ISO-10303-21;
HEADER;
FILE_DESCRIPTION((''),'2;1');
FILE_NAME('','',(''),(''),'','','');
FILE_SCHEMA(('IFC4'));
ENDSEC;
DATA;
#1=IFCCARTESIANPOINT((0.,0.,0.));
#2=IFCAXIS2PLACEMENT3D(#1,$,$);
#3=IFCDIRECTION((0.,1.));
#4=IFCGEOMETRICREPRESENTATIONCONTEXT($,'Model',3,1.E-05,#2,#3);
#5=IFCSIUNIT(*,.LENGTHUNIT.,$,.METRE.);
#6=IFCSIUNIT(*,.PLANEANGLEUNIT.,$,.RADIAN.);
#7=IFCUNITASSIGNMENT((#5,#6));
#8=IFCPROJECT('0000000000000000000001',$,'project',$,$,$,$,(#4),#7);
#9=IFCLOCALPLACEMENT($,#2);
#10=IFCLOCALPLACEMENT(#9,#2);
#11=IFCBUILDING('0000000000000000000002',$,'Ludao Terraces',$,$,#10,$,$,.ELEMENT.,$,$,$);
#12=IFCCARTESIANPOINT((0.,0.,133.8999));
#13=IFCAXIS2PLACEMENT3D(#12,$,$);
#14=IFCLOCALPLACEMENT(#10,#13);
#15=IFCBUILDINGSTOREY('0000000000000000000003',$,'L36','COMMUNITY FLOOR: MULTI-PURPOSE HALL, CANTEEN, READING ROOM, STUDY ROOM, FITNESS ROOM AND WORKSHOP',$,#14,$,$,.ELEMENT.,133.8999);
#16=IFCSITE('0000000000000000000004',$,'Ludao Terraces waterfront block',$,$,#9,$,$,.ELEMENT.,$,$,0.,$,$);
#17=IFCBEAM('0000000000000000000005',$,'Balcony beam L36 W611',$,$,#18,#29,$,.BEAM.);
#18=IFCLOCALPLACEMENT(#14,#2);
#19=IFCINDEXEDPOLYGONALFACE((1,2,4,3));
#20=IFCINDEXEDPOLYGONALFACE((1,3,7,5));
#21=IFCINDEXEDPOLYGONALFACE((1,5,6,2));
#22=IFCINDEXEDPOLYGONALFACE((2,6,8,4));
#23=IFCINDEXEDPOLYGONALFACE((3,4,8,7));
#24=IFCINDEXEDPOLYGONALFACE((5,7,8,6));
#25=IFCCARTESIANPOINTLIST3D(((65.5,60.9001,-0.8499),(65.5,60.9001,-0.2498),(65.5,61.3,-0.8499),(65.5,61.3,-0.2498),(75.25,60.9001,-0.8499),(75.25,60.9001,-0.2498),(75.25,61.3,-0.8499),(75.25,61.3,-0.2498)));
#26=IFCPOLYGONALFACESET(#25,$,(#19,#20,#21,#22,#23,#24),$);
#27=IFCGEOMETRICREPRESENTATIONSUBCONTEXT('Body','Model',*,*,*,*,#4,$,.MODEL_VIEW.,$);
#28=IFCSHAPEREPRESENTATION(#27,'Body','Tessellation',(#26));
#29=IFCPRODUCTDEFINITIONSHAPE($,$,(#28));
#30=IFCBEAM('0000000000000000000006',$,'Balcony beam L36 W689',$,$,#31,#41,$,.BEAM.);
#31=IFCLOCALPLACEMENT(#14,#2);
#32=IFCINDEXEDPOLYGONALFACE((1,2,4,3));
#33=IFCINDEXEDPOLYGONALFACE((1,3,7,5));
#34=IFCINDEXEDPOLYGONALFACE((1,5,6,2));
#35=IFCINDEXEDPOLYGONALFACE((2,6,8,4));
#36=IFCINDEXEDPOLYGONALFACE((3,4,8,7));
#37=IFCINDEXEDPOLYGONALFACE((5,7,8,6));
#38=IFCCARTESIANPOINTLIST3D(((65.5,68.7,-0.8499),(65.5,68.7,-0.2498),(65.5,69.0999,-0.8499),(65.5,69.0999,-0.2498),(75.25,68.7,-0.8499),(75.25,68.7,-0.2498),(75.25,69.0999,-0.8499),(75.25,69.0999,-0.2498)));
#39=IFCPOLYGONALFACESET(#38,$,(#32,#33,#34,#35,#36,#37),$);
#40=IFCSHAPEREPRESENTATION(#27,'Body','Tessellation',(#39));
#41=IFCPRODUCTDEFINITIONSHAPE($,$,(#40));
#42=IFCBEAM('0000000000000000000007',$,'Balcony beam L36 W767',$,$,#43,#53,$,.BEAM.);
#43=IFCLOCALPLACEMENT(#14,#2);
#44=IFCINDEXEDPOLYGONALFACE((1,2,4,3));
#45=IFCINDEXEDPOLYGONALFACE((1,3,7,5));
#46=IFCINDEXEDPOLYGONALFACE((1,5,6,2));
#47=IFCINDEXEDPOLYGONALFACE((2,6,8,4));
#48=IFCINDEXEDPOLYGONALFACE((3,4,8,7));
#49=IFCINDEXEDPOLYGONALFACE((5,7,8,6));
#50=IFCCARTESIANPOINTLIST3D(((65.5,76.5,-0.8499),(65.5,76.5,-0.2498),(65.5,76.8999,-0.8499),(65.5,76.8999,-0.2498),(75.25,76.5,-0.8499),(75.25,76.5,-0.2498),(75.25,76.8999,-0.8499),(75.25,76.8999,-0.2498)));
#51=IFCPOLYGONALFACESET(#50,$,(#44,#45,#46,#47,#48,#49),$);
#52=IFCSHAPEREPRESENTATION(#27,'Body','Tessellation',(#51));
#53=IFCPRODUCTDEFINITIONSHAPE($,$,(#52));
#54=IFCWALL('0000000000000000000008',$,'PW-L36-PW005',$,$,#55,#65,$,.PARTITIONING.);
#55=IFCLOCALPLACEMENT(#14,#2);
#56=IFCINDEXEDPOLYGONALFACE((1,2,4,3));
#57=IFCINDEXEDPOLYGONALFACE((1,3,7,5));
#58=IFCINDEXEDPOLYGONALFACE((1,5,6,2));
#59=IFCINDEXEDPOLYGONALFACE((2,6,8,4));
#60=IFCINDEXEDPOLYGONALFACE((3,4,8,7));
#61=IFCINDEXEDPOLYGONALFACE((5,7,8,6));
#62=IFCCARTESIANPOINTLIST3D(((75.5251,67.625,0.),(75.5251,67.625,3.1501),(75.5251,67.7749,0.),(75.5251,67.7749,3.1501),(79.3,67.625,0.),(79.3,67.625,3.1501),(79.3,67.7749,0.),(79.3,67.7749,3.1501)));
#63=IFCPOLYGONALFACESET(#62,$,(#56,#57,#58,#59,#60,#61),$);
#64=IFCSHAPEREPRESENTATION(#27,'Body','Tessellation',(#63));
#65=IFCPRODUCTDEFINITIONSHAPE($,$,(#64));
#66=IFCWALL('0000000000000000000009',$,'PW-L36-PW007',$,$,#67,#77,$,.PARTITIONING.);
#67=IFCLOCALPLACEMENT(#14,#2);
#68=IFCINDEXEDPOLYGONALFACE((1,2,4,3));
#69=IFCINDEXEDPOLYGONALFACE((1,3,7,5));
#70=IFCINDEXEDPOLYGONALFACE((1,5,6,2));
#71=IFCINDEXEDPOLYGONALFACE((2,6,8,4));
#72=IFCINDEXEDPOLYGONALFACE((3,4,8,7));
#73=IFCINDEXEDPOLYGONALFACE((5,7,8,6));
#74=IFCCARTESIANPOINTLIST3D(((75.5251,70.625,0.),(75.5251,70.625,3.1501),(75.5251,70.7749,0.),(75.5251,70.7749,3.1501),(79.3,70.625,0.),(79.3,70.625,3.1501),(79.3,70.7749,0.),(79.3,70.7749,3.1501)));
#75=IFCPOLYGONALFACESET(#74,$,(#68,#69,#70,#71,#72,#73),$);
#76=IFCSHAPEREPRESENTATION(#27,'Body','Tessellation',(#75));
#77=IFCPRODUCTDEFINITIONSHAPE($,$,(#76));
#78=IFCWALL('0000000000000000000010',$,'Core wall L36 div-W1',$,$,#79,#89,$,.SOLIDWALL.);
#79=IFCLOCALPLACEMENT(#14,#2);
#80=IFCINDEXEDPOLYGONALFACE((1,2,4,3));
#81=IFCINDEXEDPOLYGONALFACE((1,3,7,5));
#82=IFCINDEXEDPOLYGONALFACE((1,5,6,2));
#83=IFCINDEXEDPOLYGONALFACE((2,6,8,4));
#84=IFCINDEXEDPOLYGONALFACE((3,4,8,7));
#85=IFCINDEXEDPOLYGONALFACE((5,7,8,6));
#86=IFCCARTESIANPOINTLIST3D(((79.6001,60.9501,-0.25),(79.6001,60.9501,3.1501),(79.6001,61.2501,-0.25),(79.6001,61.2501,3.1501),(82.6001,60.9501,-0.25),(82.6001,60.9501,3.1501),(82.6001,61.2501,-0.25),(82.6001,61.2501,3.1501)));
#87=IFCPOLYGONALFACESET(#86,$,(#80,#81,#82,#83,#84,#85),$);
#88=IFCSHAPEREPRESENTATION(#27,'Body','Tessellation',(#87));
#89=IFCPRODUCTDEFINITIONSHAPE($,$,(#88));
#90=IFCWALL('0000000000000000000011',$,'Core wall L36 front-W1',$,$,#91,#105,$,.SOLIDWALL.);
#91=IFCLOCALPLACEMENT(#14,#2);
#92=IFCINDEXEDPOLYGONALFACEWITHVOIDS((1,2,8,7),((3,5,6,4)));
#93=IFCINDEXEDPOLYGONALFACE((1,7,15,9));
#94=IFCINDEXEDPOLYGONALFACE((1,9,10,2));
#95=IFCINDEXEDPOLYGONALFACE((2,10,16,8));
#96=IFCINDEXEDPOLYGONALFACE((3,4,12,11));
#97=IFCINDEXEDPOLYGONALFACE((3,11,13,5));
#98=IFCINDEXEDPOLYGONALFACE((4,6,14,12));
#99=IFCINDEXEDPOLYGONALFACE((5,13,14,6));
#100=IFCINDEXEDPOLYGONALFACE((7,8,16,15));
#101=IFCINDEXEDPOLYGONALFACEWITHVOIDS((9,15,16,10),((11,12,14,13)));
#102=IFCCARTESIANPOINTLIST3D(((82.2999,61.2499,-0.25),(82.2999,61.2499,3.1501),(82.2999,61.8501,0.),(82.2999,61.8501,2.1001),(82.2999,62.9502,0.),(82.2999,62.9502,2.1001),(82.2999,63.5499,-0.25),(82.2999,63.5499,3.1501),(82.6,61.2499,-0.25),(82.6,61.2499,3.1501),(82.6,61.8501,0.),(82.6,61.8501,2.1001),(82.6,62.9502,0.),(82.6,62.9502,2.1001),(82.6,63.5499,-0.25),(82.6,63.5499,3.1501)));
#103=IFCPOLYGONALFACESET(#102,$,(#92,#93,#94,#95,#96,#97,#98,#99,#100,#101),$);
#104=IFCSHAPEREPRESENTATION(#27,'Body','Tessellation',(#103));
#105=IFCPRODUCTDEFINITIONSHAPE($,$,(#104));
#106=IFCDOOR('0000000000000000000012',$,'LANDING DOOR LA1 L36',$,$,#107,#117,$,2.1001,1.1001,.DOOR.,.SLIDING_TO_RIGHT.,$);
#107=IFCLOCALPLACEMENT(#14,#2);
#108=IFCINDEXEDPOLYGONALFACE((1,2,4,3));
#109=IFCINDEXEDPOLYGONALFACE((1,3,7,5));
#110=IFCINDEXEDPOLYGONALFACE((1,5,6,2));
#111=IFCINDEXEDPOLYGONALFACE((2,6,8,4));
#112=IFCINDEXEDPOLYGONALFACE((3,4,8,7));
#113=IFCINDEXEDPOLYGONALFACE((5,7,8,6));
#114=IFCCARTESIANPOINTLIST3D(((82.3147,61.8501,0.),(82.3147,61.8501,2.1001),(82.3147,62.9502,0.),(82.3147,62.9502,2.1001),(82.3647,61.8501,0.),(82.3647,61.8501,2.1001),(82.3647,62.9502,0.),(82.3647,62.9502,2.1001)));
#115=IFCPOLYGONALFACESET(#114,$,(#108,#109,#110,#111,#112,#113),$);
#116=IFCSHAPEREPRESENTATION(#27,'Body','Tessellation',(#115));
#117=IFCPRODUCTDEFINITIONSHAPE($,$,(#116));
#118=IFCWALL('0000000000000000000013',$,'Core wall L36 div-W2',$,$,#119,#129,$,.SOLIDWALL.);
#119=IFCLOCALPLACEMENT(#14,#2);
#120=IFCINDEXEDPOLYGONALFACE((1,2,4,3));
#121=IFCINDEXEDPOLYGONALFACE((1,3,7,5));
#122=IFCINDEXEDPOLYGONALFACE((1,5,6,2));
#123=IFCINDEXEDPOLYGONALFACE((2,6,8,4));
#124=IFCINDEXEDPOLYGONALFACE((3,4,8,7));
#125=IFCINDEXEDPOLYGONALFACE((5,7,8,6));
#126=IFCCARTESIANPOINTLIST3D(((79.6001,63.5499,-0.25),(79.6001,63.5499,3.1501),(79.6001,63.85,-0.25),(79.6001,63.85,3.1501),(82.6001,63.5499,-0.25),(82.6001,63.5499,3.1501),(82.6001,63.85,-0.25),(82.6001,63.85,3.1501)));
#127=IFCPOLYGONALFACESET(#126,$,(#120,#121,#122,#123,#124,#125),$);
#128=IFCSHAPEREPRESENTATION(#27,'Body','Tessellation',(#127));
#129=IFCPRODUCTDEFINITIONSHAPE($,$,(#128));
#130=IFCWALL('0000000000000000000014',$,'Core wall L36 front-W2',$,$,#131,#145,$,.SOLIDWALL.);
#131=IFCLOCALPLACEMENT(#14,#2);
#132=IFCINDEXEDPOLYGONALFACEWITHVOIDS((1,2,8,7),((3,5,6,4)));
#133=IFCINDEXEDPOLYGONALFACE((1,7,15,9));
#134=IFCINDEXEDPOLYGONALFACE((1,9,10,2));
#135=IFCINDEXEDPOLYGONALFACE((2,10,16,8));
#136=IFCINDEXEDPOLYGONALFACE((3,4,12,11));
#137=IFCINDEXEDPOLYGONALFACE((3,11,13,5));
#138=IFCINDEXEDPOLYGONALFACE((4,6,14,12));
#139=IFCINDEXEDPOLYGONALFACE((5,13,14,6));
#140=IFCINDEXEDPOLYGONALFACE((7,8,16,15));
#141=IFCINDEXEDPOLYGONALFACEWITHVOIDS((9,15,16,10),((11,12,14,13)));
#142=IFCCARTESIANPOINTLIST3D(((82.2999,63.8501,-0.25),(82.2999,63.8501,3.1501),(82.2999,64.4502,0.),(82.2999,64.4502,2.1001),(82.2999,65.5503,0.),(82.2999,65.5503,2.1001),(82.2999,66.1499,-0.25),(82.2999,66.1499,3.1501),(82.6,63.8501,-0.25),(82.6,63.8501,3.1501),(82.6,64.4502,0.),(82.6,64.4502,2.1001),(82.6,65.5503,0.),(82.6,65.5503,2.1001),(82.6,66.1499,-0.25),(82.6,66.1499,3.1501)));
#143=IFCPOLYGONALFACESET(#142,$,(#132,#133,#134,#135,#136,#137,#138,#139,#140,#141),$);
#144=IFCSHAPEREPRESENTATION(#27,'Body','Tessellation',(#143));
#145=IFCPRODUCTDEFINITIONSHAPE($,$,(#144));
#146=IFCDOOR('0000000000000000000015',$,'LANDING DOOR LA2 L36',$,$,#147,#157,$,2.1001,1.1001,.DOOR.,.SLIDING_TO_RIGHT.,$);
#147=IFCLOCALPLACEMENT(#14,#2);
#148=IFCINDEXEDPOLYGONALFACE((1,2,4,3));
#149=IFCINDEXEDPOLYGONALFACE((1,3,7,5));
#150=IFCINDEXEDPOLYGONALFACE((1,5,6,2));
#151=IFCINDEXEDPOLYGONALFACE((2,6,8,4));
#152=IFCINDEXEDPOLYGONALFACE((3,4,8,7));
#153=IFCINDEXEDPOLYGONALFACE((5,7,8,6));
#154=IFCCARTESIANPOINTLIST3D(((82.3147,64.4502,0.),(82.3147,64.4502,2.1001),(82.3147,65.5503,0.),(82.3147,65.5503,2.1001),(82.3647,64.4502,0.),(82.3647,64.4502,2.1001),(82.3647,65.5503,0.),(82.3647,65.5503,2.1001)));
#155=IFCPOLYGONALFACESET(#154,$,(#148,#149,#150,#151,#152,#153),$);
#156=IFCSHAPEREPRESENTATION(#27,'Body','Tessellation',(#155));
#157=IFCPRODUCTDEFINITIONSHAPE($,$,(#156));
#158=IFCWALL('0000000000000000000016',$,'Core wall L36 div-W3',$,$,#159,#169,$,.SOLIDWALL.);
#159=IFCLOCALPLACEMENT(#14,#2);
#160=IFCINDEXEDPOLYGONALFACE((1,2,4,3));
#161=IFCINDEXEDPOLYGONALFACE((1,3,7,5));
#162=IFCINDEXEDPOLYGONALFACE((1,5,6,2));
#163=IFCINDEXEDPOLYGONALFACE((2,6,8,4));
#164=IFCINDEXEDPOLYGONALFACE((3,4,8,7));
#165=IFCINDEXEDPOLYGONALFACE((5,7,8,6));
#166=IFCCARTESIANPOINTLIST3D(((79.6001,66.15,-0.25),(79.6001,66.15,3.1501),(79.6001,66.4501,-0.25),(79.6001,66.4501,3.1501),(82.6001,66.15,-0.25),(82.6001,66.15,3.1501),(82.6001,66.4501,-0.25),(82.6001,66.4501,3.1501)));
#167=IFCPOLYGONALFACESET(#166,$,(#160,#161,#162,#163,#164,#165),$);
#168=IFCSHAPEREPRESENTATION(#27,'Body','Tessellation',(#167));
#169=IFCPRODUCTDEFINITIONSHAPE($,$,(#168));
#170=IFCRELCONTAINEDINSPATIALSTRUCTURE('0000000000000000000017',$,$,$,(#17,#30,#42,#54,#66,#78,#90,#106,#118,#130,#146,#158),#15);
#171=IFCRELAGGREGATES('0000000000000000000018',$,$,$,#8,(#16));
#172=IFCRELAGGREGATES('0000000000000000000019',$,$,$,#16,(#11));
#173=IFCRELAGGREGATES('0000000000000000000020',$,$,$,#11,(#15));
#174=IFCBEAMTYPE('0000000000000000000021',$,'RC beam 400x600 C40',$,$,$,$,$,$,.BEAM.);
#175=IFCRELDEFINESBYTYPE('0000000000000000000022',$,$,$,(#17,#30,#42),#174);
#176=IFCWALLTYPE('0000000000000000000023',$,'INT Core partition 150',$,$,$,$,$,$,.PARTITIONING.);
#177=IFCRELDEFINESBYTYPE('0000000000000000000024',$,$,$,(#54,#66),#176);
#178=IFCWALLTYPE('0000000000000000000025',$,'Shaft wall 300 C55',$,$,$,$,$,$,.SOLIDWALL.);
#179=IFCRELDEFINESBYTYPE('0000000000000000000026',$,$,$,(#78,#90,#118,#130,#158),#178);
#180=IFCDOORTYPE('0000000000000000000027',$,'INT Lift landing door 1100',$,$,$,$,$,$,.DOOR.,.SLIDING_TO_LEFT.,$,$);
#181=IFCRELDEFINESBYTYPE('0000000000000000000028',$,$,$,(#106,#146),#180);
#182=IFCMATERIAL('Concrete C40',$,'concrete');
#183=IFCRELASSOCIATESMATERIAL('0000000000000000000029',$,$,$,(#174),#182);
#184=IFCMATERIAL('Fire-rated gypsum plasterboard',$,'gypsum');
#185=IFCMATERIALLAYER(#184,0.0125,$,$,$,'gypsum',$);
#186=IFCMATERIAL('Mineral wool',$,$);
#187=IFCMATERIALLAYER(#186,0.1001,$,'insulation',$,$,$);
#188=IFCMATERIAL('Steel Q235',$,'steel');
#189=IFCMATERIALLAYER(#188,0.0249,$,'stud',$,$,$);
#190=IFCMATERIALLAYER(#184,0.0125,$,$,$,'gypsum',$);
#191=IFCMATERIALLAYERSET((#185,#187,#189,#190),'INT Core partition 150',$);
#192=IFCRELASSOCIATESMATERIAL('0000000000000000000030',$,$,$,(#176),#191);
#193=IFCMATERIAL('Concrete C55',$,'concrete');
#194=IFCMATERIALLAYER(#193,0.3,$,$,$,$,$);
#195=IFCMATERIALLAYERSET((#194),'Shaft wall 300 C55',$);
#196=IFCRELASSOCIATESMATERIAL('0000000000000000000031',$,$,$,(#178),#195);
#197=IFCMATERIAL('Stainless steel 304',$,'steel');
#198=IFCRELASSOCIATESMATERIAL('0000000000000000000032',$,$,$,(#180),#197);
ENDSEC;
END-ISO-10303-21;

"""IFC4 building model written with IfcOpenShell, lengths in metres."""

from ifc_helpers import new_model, si_unit, direction, frame, frame_2d, origin, origin_2d, place, context, subcontext, project, spatial, rectangle, extrude, material, layer, layer_set, material_profile, profile_set, type_object, element, fill, save


model = new_model("IFC4")

# Units and contexts
model_context = context("Model", 3, precision=1e-05, world=origin(), true_north=direction((0.0, 1.0)))
body_context = subcontext(model_context, "Body", "Model", "MODEL_VIEW")
ifc_project = project(units=[si_unit("LENGTHUNIT", "METRE"), si_unit("PLANEANGLEUNIT", "RADIAN")], contexts=[model_context])

# Site, building, storey
site_placement = place(None, origin())
site = spatial("IfcSite", under=ifc_project, at=site_placement, Name="Ludao Terraces waterfront block", CompositionType="ELEMENT", RefElevation=0.0)
building_placement = place(site_placement, origin())
building = spatial("IfcBuilding", under=site, at=building_placement, Name="Ludao Terraces", CompositionType="ELEMENT")
storey_placement = place(building_placement, frame((0.0, 0.0, 133.8999)))
storey = spatial("IfcBuildingStorey", under=building, at=storey_placement, Name="L36", Description="COMMUNITY FLOOR: MULTI-PURPOSE HALL, CANTEEN, READING ROOM, STUDY ROOM, FITNESS ROOM AND WORKSHOP", CompositionType="ELEMENT", Elevation=133.8999)

# Beams
ifc_material_1 = material(Name="Concrete C40", Category="concrete")
ifc_material_profile = material_profile(ifc_material_1, rectangle(XDim=0.3999, YDim=0.6001, at=origin_2d()), Name="400 X 600")
ifc_profile_set = profile_set([ifc_material_profile], Name="Concrete C40")
beam_type = type_object("IfcBeamType", Name="RC beam 400x600 C40", PredefinedType="BEAM", material=ifc_profile_set)
for number, where, z_axis, x_axis, name in (
    (1, (75.25, 61.1001, -0.5498), (-1.0, 0.0, 0.0), (0.0, -1.0, 0.0), "Balcony beam L36 W611"),
    (2, (75.25, 68.8999, -0.5498), (-1.0, 0.0, 0.0), (0.0, -1.0, 0.0), "Balcony beam L36 W689"),
    (3, (75.25, 76.7, -0.5498), (-1.0, 0.0, 0.0), (0.0, -1.0, 0.0), "Balcony beam L36 W767"),
):
    element("IfcBeam", number, at=place(storey_placement, frame(where, z_axis=z_axis, x_axis=x_axis)), inside=storey, type_object=beam_type, Name=name, PredefinedType="BEAM", context=body_context, shape_type="SweptSolid", body=[
        extrude(rectangle(XDim=0.3999, YDim=0.6001, at=origin_2d()), origin(), (0.0, 0.0, 1.0), 9.75),
    ])

# Walls
ifc_material_2 = material(Name="Fire-rated gypsum plasterboard", Category="gypsum")
ifc_layer_1 = layer(ifc_material_2, 0.0125, Category="gypsum")
ifc_material_3 = material(Name="Mineral wool")
ifc_layer_2 = layer(ifc_material_3, 0.1001, Name="insulation")
ifc_material_4 = material(Name="Steel Q235", Category="steel")
ifc_layer_3 = layer(ifc_material_4, 0.0249, Name="stud")
ifc_layer_4 = layer(ifc_material_2, 0.0125, Category="gypsum")
ifc_layer_set_1 = layer_set([ifc_layer_1, ifc_layer_2, ifc_layer_3, ifc_layer_4], Name="INT Core partition 150")
wall_type_1 = type_object("IfcWallType", Name="INT Core partition 150", PredefinedType="PARTITIONING", material=ifc_layer_set_1)
for number, where, z_axis, x_axis, name in (
    (4, (75.5251, 67.7, 0.0), (0.0, 0.0, 1.0), (1.0, 0.0, 0.0), "PW-L36-PW005"),
    (5, (75.5251, 70.7, 0.0), (0.0, 0.0, 1.0), (1.0, 0.0, 0.0), "PW-L36-PW007"),
):
    element("IfcWall", number, at=place(storey_placement, frame(where, z_axis=z_axis, x_axis=x_axis)), inside=storey, type_object=wall_type_1, Name=name, PredefinedType="PARTITIONING", context=body_context, shape_type="SweptSolid", body=[
        extrude(rectangle(XDim=3.7749, YDim=0.1499, at=frame_2d((1.8875, 0.0))), origin(), (0.0, 0.0, 1.0), 3.1501),
    ])
ifc_material_5 = material(Name="Concrete C55", Category="concrete")
ifc_layer_5 = layer(ifc_material_5, 0.3)
ifc_layer_set_2 = layer_set([ifc_layer_5], Name="Shaft wall 300 C55")
wall_type_2 = type_object("IfcWallType", Name="Shaft wall 300 C55", PredefinedType="SOLIDWALL", material=ifc_layer_set_2)
wall_1_placement = place(storey_placement, frame((79.6001, 61.1001, -0.25), z_axis=(0.0, 0.0, 1.0), x_axis=(1.0, 0.0, 0.0)))
element("IfcWall", 6, at=wall_1_placement, inside=storey, type_object=wall_type_2, Name="Core wall L36 div-W1", PredefinedType="SOLIDWALL", context=body_context, shape_type="SweptSolid", body=[
    extrude(rectangle(XDim=3.0, YDim=0.3, at=frame_2d((1.5, 0.0))), origin(), (0.0, 0.0, 1.0), 3.4001),
])

# Wall, opening, door
wall_2_placement = place(storey_placement, frame((82.45, 61.25, -0.25), z_axis=(0.0, 0.0, 1.0), x_axis=(0.0, 1.0, 0.0)))
wall_2 = element("IfcWall", 7, at=wall_2_placement, inside=storey, type_object=wall_type_2, Name="Core wall L36 front-W1", PredefinedType="SOLIDWALL", context=body_context, shape_type="SweptSolid", body=[
    extrude(rectangle(XDim=2.3, YDim=0.3, at=frame_2d((1.1499, 0.0))), origin(), (0.0, 0.0, 1.0), 3.4001),
])
opening_1_placement = place(wall_2_placement, frame((0.6001, 0.0, 0.25)))
opening_1 = element("IfcOpeningElement", 8, at=opening_1_placement, cuts=wall_2, PredefinedType="OPENING", context=body_context, shape_type="SweptSolid", body=[
    extrude(rectangle(XDim=1.1001, YDim=2.1001, at=frame_2d((0.55, 1.05))), frame((0.0, 0.1602, 0.0), z_axis=(0.0, -1.0, 0.0), x_axis=(1.0, 0.0, 0.0)), (0.0, 0.0, 1.0), 0.3201),
])
ifc_material_6 = material(Name="Stainless steel 304", Category="steel")
door_type = type_object("IfcDoorType", Name="INT Lift landing door 1100", OperationType="SLIDING_TO_LEFT", PredefinedType="DOOR", material=ifc_material_6)
door_1_placement = place(opening_1_placement, origin())
door_1 = element("IfcDoor", 9, at=door_1_placement, inside=storey, type_object=door_type, Name="LANDING DOOR LA1 L36", OperationType="SLIDING_TO_RIGHT", OverallHeight=2.1001, OverallWidth=1.1001, PredefinedType="DOOR", context=body_context, shape_type="SweptSolid", body=[
    extrude(rectangle(XDim=1.1001, YDim=2.1001, at=frame_2d((0.55, 1.05))), frame((0.0, 0.1353, 0.0), z_axis=(0.0, -1.0, 0.0), x_axis=(1.0, 0.0, 0.0)), (0.0, 0.0, 1.0), 0.05),
])
fill(opening_1, door_1)

# Wall
wall_3_placement = place(storey_placement, frame((79.6001, 63.7, -0.25), z_axis=(0.0, 0.0, 1.0), x_axis=(1.0, 0.0, 0.0)))
element("IfcWall", 10, at=wall_3_placement, inside=storey, type_object=wall_type_2, Name="Core wall L36 div-W2", PredefinedType="SOLIDWALL", context=body_context, shape_type="SweptSolid", body=[
    extrude(rectangle(XDim=3.0, YDim=0.3, at=frame_2d((1.5, 0.0))), origin(), (0.0, 0.0, 1.0), 3.4001),
])

# Wall, opening, door
wall_4_placement = place(storey_placement, frame((82.45, 63.8501, -0.25), z_axis=(0.0, 0.0, 1.0), x_axis=(0.0, 1.0, 0.0)))
wall_4 = element("IfcWall", 11, at=wall_4_placement, inside=storey, type_object=wall_type_2, Name="Core wall L36 front-W2", PredefinedType="SOLIDWALL", context=body_context, shape_type="SweptSolid", body=[
    extrude(rectangle(XDim=2.2998, YDim=0.3, at=frame_2d((1.1499, 0.0))), origin(), (0.0, 0.0, 1.0), 3.4001),
])
opening_2_placement = place(wall_4_placement, frame((0.6001, 0.0, 0.25)))
opening_2 = element("IfcOpeningElement", 12, at=opening_2_placement, cuts=wall_4, PredefinedType="OPENING", context=body_context, shape_type="SweptSolid", body=[
    extrude(rectangle(XDim=1.1001, YDim=2.1001, at=frame_2d((0.55, 1.05))), frame((0.0, 0.1602, 0.0), z_axis=(0.0, -1.0, 0.0), x_axis=(1.0, 0.0, 0.0)), (0.0, 0.0, 1.0), 0.3201),
])
door_2_placement = place(opening_2_placement, origin())
door_2 = element("IfcDoor", 13, at=door_2_placement, inside=storey, type_object=door_type, Name="LANDING DOOR LA2 L36", OperationType="SLIDING_TO_RIGHT", OverallHeight=2.1001, OverallWidth=1.1001, PredefinedType="DOOR", context=body_context, shape_type="SweptSolid", body=[
    extrude(rectangle(XDim=1.1001, YDim=2.1001, at=frame_2d((0.55, 1.05))), frame((0.0, 0.1353, 0.0), z_axis=(0.0, -1.0, 0.0), x_axis=(1.0, 0.0, 0.0)), (0.0, 0.0, 1.0), 0.05),
])
fill(opening_2, door_2)

# Wall
wall_5_placement = place(storey_placement, frame((79.6001, 66.3, -0.25), z_axis=(0.0, 0.0, 1.0), x_axis=(1.0, 0.0, 0.0)))
element("IfcWall", 14, at=wall_5_placement, inside=storey, type_object=wall_type_2, Name="Core wall L36 div-W3", PredefinedType="SOLIDWALL", context=body_context, shape_type="SweptSolid", body=[
    extrude(rectangle(XDim=3.0, YDim=0.3, at=frame_2d((1.5, 0.0))), origin(), (0.0, 0.0, 1.0), 3.4001),
])

save(model, "model.ifc")
